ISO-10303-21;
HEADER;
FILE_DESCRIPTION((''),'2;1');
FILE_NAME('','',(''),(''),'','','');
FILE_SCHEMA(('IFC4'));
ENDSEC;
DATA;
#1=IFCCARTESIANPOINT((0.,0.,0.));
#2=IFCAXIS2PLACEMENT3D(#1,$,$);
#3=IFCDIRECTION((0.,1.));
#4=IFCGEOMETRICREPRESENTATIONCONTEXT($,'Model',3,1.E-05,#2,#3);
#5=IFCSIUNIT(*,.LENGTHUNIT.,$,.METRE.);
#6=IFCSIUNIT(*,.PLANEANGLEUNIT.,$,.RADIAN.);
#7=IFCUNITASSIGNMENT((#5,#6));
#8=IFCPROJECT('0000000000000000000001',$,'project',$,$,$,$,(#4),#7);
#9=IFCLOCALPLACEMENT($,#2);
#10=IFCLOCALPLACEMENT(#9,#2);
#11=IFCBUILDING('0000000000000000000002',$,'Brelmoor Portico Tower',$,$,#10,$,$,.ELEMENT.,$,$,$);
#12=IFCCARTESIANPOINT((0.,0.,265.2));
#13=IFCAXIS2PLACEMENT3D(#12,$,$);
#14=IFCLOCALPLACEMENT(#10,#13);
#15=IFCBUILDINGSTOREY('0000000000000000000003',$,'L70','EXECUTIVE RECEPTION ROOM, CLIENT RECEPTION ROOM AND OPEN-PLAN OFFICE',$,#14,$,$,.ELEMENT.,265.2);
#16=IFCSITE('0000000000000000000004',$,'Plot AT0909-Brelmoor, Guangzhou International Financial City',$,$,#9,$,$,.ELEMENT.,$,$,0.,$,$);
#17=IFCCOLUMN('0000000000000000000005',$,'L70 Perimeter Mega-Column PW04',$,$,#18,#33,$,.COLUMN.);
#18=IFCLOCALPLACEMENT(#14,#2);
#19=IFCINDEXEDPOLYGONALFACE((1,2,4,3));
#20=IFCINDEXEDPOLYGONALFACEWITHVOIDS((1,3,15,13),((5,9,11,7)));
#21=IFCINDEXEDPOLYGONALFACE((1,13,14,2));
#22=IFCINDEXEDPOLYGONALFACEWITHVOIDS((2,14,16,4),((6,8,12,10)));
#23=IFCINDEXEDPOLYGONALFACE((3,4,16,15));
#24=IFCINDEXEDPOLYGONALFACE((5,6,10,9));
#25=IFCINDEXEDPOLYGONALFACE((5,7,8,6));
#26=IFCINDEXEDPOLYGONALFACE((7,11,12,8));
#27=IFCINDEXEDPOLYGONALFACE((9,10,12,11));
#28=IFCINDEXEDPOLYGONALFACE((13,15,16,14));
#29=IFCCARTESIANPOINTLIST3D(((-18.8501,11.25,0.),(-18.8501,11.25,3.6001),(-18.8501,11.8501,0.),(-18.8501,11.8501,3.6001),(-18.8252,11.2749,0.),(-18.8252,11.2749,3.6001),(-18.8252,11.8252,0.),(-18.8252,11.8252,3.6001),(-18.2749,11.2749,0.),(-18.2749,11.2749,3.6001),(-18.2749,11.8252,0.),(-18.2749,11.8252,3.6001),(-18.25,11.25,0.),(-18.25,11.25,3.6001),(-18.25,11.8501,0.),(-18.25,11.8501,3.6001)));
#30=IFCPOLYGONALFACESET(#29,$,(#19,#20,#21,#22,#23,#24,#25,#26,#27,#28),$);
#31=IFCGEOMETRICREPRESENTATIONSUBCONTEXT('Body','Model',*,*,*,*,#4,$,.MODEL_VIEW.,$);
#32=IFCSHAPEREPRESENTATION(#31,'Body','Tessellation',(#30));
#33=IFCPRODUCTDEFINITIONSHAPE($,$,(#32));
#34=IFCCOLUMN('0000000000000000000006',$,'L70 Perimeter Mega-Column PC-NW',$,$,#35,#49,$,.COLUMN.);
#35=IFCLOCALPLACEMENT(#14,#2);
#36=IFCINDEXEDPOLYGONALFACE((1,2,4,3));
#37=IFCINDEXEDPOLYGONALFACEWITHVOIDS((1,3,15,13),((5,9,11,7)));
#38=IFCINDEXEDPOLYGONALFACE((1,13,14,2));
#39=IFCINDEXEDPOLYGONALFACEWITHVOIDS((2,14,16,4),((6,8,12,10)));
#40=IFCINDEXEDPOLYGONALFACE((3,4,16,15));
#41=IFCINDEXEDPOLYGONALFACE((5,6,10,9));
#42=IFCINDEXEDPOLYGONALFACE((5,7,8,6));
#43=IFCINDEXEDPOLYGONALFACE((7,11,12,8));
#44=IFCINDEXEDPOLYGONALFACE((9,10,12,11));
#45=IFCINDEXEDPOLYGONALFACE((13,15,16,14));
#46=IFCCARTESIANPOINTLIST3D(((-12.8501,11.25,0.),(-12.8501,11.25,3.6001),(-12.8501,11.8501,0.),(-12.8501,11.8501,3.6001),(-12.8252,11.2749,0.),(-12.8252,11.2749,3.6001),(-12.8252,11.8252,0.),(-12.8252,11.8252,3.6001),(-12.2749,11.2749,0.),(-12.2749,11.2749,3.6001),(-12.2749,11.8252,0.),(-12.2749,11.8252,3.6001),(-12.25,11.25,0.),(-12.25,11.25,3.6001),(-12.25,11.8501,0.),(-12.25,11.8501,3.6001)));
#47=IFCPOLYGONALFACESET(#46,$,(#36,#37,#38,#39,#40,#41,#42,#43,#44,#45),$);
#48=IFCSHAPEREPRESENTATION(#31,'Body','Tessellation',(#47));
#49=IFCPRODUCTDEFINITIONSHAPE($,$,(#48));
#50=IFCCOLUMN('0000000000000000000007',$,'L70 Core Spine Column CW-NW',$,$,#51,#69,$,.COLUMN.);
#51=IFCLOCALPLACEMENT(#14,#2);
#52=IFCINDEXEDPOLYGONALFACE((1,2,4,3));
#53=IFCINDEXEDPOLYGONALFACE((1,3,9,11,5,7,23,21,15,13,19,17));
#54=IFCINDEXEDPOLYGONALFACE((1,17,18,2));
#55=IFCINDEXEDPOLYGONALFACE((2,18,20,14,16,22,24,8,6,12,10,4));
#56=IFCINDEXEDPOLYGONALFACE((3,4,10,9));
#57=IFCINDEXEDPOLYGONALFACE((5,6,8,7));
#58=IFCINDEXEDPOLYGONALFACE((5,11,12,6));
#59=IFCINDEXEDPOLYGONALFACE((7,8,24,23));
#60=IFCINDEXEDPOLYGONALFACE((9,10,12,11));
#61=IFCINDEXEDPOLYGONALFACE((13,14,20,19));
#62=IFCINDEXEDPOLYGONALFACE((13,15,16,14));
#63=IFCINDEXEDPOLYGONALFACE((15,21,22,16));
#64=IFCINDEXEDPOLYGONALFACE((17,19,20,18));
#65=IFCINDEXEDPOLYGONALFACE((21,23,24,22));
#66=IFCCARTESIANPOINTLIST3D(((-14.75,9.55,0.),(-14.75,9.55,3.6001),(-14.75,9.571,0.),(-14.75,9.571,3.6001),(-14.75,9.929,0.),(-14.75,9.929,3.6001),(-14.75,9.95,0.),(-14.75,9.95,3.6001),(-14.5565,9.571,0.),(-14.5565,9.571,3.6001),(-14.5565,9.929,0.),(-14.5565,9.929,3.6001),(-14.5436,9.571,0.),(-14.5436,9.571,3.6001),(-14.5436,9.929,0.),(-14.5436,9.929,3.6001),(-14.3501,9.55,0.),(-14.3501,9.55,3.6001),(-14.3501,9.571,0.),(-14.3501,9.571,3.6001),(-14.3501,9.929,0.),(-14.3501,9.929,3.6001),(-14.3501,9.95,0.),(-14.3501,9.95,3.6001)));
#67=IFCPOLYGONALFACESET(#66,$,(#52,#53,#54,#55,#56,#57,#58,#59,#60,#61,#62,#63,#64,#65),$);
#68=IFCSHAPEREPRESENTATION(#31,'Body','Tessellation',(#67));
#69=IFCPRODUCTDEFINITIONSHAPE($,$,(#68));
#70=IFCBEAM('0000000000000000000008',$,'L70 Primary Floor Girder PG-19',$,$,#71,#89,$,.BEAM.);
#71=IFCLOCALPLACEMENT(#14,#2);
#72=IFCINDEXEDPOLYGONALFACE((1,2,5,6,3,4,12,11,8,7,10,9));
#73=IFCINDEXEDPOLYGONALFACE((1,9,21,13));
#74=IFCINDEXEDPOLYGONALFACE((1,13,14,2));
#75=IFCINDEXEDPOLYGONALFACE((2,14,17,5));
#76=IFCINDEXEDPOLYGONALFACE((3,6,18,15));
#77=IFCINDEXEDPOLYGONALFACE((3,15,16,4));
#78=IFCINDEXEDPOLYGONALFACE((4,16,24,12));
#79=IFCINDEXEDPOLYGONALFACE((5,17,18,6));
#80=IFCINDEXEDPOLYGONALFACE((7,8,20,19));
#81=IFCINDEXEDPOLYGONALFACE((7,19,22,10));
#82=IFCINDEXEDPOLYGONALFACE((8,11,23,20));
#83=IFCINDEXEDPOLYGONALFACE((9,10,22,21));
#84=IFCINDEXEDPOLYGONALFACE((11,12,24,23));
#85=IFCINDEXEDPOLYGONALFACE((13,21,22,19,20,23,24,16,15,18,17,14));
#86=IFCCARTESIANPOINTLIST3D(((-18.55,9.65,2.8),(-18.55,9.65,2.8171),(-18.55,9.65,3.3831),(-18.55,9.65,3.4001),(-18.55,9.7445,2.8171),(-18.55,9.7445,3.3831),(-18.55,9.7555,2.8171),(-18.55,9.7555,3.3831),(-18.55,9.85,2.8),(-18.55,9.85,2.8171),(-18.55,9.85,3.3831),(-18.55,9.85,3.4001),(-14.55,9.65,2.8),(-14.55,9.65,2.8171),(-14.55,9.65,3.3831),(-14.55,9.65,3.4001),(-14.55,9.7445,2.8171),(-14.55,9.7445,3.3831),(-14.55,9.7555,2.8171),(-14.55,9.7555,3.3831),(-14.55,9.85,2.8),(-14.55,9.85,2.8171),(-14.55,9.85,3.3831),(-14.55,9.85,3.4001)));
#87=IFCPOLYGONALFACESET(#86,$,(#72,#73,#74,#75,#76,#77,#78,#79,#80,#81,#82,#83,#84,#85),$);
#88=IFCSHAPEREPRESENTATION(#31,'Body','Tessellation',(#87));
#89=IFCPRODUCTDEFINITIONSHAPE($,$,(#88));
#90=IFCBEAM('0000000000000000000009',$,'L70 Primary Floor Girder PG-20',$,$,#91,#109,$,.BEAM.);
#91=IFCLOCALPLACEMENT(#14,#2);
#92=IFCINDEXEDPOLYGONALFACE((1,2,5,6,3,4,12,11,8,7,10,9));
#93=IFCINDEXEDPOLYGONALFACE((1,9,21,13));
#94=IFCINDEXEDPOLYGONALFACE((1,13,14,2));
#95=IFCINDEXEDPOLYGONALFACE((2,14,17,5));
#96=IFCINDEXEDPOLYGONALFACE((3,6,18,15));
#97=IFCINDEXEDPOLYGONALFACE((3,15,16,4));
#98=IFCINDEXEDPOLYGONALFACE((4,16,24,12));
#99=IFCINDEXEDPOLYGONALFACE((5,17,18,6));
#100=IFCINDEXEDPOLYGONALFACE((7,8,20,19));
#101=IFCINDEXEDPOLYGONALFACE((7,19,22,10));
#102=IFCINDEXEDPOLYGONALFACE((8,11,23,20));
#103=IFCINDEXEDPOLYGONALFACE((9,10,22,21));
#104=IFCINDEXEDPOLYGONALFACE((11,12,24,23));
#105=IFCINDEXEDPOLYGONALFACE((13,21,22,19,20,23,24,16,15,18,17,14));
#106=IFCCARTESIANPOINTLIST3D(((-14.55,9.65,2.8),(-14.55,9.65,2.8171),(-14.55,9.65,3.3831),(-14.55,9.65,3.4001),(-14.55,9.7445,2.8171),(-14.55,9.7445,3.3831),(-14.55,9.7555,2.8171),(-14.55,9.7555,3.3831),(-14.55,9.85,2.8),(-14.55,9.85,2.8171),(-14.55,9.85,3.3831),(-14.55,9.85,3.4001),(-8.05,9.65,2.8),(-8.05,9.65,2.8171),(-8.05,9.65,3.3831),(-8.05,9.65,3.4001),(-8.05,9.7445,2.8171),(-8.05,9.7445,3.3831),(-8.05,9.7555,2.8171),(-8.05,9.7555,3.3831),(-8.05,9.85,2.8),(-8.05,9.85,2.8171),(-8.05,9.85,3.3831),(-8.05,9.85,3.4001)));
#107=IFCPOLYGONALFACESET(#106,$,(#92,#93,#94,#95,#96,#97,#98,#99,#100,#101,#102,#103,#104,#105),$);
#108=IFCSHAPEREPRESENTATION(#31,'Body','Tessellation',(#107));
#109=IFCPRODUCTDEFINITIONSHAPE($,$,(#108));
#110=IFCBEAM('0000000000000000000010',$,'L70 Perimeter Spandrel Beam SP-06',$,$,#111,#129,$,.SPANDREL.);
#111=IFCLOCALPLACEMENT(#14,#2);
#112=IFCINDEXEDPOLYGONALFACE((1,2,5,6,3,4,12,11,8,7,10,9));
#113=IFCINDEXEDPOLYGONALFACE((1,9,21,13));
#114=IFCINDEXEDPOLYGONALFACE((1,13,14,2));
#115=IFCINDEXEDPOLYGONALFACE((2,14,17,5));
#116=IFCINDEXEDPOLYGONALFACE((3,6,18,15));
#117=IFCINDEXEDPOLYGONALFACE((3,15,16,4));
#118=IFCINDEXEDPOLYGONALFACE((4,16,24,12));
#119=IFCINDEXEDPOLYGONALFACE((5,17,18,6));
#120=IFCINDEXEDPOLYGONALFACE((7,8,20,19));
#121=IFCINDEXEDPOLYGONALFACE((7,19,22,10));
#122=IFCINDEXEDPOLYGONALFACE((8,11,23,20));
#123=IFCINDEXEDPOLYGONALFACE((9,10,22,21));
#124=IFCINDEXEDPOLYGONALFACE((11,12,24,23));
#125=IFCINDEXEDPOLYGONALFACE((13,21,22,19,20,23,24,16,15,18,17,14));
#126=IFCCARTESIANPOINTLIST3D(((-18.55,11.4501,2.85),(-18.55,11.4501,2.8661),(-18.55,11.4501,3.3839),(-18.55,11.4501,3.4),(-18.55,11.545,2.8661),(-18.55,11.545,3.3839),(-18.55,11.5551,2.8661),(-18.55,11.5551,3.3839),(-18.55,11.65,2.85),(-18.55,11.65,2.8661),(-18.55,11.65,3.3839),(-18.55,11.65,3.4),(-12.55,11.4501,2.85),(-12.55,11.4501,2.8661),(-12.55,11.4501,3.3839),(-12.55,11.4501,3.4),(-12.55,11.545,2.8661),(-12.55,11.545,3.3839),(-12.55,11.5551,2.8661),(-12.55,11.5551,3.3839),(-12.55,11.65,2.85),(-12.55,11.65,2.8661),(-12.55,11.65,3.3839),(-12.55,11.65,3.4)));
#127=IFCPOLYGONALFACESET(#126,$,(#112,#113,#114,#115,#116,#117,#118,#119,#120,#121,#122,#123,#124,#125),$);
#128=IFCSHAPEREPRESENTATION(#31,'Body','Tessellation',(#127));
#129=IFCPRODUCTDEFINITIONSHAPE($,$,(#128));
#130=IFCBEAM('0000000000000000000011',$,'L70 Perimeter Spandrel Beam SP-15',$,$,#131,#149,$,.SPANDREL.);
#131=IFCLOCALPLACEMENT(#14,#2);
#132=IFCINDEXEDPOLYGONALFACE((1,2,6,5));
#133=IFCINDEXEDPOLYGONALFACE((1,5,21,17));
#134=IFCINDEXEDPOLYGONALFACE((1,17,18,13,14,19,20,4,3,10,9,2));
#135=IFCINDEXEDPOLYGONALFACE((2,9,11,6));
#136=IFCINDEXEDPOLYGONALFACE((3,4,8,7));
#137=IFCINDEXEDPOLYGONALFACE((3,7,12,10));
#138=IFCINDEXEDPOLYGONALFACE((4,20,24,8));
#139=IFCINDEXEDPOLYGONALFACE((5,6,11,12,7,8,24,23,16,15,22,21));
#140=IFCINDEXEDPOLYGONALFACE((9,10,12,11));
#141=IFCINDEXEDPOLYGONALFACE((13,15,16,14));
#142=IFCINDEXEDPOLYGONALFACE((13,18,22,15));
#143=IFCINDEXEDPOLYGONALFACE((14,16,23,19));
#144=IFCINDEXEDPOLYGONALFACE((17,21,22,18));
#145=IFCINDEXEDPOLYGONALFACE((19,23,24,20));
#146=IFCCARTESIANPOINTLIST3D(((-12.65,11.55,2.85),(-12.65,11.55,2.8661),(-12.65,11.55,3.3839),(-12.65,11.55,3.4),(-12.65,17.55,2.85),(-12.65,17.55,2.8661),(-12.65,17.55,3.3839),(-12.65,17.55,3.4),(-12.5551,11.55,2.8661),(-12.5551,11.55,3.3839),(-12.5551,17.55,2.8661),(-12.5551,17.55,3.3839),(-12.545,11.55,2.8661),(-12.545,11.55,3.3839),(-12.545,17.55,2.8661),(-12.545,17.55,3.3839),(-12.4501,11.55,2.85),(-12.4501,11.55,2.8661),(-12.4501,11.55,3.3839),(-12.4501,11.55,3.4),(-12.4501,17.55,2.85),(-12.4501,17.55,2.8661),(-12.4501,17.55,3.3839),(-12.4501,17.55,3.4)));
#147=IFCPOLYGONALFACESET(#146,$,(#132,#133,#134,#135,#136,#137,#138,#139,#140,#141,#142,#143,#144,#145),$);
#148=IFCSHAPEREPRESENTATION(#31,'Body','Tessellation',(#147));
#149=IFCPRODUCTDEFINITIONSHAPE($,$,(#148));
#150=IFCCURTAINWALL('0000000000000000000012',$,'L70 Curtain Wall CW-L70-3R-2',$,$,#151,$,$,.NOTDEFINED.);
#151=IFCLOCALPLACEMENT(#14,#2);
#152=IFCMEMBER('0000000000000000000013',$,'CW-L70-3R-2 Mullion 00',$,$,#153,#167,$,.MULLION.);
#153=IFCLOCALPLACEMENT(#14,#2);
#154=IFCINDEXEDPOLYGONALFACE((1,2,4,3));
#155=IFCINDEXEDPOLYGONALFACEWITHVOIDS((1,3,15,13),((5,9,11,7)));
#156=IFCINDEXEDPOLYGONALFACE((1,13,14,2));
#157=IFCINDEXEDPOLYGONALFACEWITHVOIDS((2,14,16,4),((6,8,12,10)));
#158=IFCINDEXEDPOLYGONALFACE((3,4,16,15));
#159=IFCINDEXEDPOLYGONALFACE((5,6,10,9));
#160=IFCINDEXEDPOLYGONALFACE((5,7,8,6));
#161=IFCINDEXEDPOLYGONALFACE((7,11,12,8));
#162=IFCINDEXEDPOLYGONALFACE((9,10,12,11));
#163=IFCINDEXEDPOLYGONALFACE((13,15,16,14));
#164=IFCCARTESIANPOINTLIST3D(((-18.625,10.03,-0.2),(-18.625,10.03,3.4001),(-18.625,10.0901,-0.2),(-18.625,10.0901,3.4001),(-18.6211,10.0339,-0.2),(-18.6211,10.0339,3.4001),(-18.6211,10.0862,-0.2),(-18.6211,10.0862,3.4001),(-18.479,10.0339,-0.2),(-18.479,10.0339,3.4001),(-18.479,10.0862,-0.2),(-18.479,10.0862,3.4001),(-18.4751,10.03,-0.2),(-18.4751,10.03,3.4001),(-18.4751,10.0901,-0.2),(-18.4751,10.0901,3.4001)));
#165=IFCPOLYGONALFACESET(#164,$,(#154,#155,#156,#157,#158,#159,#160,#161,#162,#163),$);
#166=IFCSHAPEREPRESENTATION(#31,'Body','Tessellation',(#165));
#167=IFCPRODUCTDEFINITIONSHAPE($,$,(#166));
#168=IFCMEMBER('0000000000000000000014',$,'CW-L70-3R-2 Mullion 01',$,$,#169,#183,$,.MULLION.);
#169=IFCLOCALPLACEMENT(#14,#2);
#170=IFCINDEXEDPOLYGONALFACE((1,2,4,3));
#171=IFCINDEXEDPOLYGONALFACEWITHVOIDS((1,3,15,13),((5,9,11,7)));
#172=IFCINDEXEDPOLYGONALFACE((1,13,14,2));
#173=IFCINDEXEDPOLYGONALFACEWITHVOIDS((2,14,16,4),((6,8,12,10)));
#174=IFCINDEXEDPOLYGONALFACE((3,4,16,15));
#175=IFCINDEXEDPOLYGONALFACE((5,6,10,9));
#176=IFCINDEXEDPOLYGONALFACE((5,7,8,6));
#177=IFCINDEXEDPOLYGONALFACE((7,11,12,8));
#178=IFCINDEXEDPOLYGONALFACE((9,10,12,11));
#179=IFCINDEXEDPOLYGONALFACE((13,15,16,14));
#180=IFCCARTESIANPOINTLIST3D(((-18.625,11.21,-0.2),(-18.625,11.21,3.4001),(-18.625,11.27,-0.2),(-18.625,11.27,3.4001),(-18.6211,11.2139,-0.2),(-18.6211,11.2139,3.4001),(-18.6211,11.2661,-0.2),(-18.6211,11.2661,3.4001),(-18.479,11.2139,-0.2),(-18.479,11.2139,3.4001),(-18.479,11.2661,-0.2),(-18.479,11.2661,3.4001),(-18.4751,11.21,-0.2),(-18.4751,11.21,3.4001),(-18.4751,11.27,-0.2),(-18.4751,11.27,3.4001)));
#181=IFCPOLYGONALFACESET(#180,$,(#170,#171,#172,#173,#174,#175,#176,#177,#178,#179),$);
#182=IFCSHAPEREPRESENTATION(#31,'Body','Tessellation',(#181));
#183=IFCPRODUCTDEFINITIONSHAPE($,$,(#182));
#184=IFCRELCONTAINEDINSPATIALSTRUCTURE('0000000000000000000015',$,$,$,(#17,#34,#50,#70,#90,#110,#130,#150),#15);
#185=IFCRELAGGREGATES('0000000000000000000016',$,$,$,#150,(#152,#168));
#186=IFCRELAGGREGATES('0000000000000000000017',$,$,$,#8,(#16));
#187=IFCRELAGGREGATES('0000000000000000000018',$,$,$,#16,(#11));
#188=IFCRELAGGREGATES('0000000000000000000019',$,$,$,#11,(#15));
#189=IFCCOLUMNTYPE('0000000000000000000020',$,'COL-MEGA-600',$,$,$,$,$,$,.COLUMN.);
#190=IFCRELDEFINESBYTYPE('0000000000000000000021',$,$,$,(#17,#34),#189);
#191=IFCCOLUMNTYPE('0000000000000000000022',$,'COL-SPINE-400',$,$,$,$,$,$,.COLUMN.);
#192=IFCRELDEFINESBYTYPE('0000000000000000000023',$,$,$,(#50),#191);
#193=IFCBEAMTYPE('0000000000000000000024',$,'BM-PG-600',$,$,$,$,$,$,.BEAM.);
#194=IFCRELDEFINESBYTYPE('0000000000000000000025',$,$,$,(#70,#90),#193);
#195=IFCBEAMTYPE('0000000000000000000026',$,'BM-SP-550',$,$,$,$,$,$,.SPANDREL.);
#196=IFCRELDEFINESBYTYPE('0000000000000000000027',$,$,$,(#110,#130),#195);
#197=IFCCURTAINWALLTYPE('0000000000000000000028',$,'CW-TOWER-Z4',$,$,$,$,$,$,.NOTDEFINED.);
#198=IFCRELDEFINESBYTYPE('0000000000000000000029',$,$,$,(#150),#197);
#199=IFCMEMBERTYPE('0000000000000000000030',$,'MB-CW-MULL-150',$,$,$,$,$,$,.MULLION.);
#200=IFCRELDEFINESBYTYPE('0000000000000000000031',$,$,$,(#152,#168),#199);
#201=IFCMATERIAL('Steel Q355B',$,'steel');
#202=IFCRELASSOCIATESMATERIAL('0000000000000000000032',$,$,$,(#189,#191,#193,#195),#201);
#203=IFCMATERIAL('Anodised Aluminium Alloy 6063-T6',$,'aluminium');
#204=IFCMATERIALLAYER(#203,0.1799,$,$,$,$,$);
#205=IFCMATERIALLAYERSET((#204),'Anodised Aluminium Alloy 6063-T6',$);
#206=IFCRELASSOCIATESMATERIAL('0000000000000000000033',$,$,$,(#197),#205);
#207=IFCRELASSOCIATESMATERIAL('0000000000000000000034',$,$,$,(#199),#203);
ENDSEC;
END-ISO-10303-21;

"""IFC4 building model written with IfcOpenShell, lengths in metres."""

from ifc_helpers import new_model, si_unit, direction, frame, origin, origin_2d, place, context, subcontext, project, spatial, hollow_rectangle, i_section, extrude, material, layer, layer_set, material_profile, profile_set, type_object, element, aggregate, save


model = new_model("IFC4")

# Units and contexts
model_context = context("Model", 3, precision=1e-05, world=origin(), true_north=direction((0.0, 1.0)))
body_context = subcontext(model_context, "Body", "Model", "MODEL_VIEW")
ifc_project = project(units=[si_unit("LENGTHUNIT", "METRE"), si_unit("PLANEANGLEUNIT", "RADIAN")], contexts=[model_context])

# Site, building, storey
site_placement = place(None, origin())
site = spatial("IfcSite", under=ifc_project, at=site_placement, Name="Plot AT0909-Brelmoor, Guangzhou International Financial City", CompositionType="ELEMENT", RefElevation=0.0)
building_placement = place(site_placement, origin())
building = spatial("IfcBuilding", under=site, at=building_placement, Name="Brelmoor Portico Tower", CompositionType="ELEMENT")
storey_placement = place(building_placement, frame((0.0, 0.0, 265.2)))
storey = spatial("IfcBuildingStorey", under=building, at=storey_placement, Name="L70", Description="EXECUTIVE RECEPTION ROOM, CLIENT RECEPTION ROOM AND OPEN-PLAN OFFICE", CompositionType="ELEMENT", Elevation=265.2)

# Columns
ifc_material_1 = material(Name="Steel Q355B", Category="steel")
ifc_material_profile_1 = material_profile(ifc_material_1, hollow_rectangle(XDim=0.6001, YDim=0.6001, WallThickness=0.0249, at=origin_2d()), Name="BOX 600x600x25")
ifc_profile_set_1 = profile_set([ifc_material_profile_1], Name="Steel Q355B")
column_type_1 = type_object("IfcColumnType", Name="COL-MEGA-600", PredefinedType="COLUMN", material=ifc_profile_set_1)
for number, where, z_axis, x_axis, name in (
    (1, (-18.55, 11.55, 0.0), (0.0, 0.0, 1.0), (0.0, 1.0, 0.0), "L70 Perimeter Mega-Column PW04"),
    (2, (-12.55, 11.55, 0.0), (0.0, 0.0, 1.0), (1.0, 0.0, 0.0), "L70 Perimeter Mega-Column PC-NW"),
):
    element("IfcColumn", number, at=place(storey_placement, frame(where, z_axis=z_axis, x_axis=x_axis)), inside=storey, type_object=column_type_1, Name=name, PredefinedType="COLUMN", context=body_context, shape_type="SweptSolid", body=[
        extrude(hollow_rectangle(XDim=0.6001, YDim=0.6001, WallThickness=0.0249, at=origin_2d()), origin(), (0.0, 0.0, 1.0), 3.6001),
    ])
ifc_material_profile_2 = material_profile(ifc_material_1, i_section(OverallWidth=0.3999, OverallDepth=0.3999, WebThickness=0.0129, FlangeThickness=0.021, at=origin_2d()), Name="HW 400x400x13x21")
ifc_profile_set_2 = profile_set([ifc_material_profile_2], Name="Steel Q355B")
column_type_2 = type_object("IfcColumnType", Name="COL-SPINE-400", PredefinedType="COLUMN", material=ifc_profile_set_2)
column_placement = place(storey_placement, frame((-14.55, 9.75, 0.0), z_axis=(0.0, 0.0, 1.0), x_axis=(1.0, 0.0, 0.0)))
element("IfcColumn", 3, at=column_placement, inside=storey, type_object=column_type_2, Name="L70 Core Spine Column CW-NW", PredefinedType="COLUMN", context=body_context, shape_type="SweptSolid", body=[
    extrude(i_section(OverallWidth=0.3999, OverallDepth=0.3999, WebThickness=0.0129, FlangeThickness=0.021, at=origin_2d()), origin(), (0.0, 0.0, 1.0), 3.6001),
])

# Beams
ifc_material_profile_3 = material_profile(ifc_material_1, i_section(OverallWidth=0.2, OverallDepth=0.6001, WebThickness=0.011, FlangeThickness=0.0171, at=origin_2d()), Name="HN 600x200x11x17")
ifc_profile_set_3 = profile_set([ifc_material_profile_3], Name="Steel Q355B")
beam_type_1 = type_object("IfcBeamType", Name="BM-PG-600", PredefinedType="BEAM", material=ifc_profile_set_3)
beam_1_placement = place(storey_placement, frame((-18.55, 9.75, 3.1001), z_axis=(1.0, 0.0, 0.0), x_axis=(0.0, 1.0, 0.0)))
element("IfcBeam", 4, at=beam_1_placement, inside=storey, type_object=beam_type_1, Name="L70 Primary Floor Girder PG-19", PredefinedType="BEAM", context=body_context, shape_type="SweptSolid", body=[
    extrude(i_section(OverallWidth=0.2, OverallDepth=0.6001, WebThickness=0.011, FlangeThickness=0.0171, at=origin_2d()), origin(), (0.0, 0.0, 1.0), 4.0),
])
beam_2_placement = place(storey_placement, frame((-14.55, 9.75, 3.1001), z_axis=(1.0, 0.0, 0.0), x_axis=(0.0, 1.0, 0.0)))
element("IfcBeam", 5, at=beam_2_placement, inside=storey, type_object=beam_type_1, Name="L70 Primary Floor Girder PG-20", PredefinedType="BEAM", context=body_context, shape_type="SweptSolid", body=[
    extrude(i_section(OverallWidth=0.2, OverallDepth=0.6001, WebThickness=0.011, FlangeThickness=0.0171, at=origin_2d()), origin(), (0.0, 0.0, 1.0), 6.5),
])
ifc_material_profile_4 = material_profile(ifc_material_1, i_section(OverallWidth=0.2, OverallDepth=0.55, WebThickness=0.01, FlangeThickness=0.0161, at=origin_2d()), Name="HN 550x200x10x16")
ifc_profile_set_4 = profile_set([ifc_material_profile_4], Name="Steel Q355B")
beam_type_2 = type_object("IfcBeamType", Name="BM-SP-550", PredefinedType="SPANDREL", material=ifc_profile_set_4)
for number, where, z_axis, x_axis, name in (
    (6, (-18.55, 11.55, 3.125), (1.0, 0.0, 0.0), (0.0, 1.0, 0.0), "L70 Perimeter Spandrel Beam SP-06"),
    (7, (-12.55, 11.55, 3.125), (0.0, 1.0, 0.0), (-1.0, 0.0, 0.0), "L70 Perimeter Spandrel Beam SP-15"),
):
    element("IfcBeam", number, at=place(storey_placement, frame(where, z_axis=z_axis, x_axis=x_axis)), inside=storey, type_object=beam_type_2, Name=name, PredefinedType="SPANDREL", context=body_context, shape_type="SweptSolid", body=[
        extrude(i_section(OverallWidth=0.2, OverallDepth=0.55, WebThickness=0.01, FlangeThickness=0.0161, at=origin_2d()), origin(), (0.0, 0.0, 1.0), 6.0),
    ])

# Curtain wall, members
ifc_material_2 = material(Name="Anodised Aluminium Alloy 6063-T6", Category="aluminium")
ifc_layer_1 = layer(ifc_material_2, 0.1799)
ifc_layer_set_1 = layer_set([ifc_layer_1], Name="Anodised Aluminium Alloy 6063-T6")
curtain_wall_type_1 = type_object("IfcCurtainWallType", Name="CW-TOWER-Z4", PredefinedType="NOTDEFINED", material=ifc_layer_set_1)
curtain_wall_1_placement = place(storey_placement, origin())
curtain_wall_1 = element("IfcCurtainWall", 8, at=curtain_wall_1_placement, inside=storey, type_object=curtain_wall_type_1, Name="L70 Curtain Wall CW-L70-3R-2", PredefinedType="NOTDEFINED")
ifc_material_profile_5 = material_profile(ifc_material_2, hollow_rectangle(XDim=0.0601, YDim=0.1499, WallThickness=0.0039, at=origin_2d()), Name="ALU MULLION 60x150")
ifc_profile_set_5 = profile_set([ifc_material_profile_5], Name="Anodised Aluminium Alloy 6063-T6")
member_type_1 = type_object("IfcMemberType", Name="MB-CW-MULL-150", PredefinedType="MULLION", material=ifc_profile_set_5)
member_1_placement = place(storey_placement, frame((-18.55, 10.0601, -0.2), z_axis=(0.0, 0.0, 1.0), x_axis=(0.0, 1.0, 0.0)))
member_1 = element("IfcMember", 9, at=member_1_placement, type_object=member_type_1, Name="CW-L70-3R-2 Mullion 00", PredefinedType="MULLION", context=body_context, shape_type="SweptSolid", body=[
    extrude(hollow_rectangle(XDim=0.0601, YDim=0.1499, WallThickness=0.0039, at=origin_2d()), origin(), (0.0, 0.0, 1.0), 3.6001),
])
member_2_placement = place(storey_placement, frame((-18.55, 11.24, -0.2), z_axis=(0.0, 0.0, 1.0), x_axis=(0.0, 1.0, 0.0)))
member_2 = element("IfcMember", 10, at=member_2_placement, type_object=member_type_1, Name="CW-L70-3R-2 Mullion 01", PredefinedType="MULLION", context=body_context, shape_type="SweptSolid", body=[
    extrude(hollow_rectangle(XDim=0.0601, YDim=0.1499, WallThickness=0.0039, at=origin_2d()), origin(), (0.0, 0.0, 1.0), 3.6001),
])

aggregate(curtain_wall_1, [member_1, member_2])

save(model, "model.ifc")
